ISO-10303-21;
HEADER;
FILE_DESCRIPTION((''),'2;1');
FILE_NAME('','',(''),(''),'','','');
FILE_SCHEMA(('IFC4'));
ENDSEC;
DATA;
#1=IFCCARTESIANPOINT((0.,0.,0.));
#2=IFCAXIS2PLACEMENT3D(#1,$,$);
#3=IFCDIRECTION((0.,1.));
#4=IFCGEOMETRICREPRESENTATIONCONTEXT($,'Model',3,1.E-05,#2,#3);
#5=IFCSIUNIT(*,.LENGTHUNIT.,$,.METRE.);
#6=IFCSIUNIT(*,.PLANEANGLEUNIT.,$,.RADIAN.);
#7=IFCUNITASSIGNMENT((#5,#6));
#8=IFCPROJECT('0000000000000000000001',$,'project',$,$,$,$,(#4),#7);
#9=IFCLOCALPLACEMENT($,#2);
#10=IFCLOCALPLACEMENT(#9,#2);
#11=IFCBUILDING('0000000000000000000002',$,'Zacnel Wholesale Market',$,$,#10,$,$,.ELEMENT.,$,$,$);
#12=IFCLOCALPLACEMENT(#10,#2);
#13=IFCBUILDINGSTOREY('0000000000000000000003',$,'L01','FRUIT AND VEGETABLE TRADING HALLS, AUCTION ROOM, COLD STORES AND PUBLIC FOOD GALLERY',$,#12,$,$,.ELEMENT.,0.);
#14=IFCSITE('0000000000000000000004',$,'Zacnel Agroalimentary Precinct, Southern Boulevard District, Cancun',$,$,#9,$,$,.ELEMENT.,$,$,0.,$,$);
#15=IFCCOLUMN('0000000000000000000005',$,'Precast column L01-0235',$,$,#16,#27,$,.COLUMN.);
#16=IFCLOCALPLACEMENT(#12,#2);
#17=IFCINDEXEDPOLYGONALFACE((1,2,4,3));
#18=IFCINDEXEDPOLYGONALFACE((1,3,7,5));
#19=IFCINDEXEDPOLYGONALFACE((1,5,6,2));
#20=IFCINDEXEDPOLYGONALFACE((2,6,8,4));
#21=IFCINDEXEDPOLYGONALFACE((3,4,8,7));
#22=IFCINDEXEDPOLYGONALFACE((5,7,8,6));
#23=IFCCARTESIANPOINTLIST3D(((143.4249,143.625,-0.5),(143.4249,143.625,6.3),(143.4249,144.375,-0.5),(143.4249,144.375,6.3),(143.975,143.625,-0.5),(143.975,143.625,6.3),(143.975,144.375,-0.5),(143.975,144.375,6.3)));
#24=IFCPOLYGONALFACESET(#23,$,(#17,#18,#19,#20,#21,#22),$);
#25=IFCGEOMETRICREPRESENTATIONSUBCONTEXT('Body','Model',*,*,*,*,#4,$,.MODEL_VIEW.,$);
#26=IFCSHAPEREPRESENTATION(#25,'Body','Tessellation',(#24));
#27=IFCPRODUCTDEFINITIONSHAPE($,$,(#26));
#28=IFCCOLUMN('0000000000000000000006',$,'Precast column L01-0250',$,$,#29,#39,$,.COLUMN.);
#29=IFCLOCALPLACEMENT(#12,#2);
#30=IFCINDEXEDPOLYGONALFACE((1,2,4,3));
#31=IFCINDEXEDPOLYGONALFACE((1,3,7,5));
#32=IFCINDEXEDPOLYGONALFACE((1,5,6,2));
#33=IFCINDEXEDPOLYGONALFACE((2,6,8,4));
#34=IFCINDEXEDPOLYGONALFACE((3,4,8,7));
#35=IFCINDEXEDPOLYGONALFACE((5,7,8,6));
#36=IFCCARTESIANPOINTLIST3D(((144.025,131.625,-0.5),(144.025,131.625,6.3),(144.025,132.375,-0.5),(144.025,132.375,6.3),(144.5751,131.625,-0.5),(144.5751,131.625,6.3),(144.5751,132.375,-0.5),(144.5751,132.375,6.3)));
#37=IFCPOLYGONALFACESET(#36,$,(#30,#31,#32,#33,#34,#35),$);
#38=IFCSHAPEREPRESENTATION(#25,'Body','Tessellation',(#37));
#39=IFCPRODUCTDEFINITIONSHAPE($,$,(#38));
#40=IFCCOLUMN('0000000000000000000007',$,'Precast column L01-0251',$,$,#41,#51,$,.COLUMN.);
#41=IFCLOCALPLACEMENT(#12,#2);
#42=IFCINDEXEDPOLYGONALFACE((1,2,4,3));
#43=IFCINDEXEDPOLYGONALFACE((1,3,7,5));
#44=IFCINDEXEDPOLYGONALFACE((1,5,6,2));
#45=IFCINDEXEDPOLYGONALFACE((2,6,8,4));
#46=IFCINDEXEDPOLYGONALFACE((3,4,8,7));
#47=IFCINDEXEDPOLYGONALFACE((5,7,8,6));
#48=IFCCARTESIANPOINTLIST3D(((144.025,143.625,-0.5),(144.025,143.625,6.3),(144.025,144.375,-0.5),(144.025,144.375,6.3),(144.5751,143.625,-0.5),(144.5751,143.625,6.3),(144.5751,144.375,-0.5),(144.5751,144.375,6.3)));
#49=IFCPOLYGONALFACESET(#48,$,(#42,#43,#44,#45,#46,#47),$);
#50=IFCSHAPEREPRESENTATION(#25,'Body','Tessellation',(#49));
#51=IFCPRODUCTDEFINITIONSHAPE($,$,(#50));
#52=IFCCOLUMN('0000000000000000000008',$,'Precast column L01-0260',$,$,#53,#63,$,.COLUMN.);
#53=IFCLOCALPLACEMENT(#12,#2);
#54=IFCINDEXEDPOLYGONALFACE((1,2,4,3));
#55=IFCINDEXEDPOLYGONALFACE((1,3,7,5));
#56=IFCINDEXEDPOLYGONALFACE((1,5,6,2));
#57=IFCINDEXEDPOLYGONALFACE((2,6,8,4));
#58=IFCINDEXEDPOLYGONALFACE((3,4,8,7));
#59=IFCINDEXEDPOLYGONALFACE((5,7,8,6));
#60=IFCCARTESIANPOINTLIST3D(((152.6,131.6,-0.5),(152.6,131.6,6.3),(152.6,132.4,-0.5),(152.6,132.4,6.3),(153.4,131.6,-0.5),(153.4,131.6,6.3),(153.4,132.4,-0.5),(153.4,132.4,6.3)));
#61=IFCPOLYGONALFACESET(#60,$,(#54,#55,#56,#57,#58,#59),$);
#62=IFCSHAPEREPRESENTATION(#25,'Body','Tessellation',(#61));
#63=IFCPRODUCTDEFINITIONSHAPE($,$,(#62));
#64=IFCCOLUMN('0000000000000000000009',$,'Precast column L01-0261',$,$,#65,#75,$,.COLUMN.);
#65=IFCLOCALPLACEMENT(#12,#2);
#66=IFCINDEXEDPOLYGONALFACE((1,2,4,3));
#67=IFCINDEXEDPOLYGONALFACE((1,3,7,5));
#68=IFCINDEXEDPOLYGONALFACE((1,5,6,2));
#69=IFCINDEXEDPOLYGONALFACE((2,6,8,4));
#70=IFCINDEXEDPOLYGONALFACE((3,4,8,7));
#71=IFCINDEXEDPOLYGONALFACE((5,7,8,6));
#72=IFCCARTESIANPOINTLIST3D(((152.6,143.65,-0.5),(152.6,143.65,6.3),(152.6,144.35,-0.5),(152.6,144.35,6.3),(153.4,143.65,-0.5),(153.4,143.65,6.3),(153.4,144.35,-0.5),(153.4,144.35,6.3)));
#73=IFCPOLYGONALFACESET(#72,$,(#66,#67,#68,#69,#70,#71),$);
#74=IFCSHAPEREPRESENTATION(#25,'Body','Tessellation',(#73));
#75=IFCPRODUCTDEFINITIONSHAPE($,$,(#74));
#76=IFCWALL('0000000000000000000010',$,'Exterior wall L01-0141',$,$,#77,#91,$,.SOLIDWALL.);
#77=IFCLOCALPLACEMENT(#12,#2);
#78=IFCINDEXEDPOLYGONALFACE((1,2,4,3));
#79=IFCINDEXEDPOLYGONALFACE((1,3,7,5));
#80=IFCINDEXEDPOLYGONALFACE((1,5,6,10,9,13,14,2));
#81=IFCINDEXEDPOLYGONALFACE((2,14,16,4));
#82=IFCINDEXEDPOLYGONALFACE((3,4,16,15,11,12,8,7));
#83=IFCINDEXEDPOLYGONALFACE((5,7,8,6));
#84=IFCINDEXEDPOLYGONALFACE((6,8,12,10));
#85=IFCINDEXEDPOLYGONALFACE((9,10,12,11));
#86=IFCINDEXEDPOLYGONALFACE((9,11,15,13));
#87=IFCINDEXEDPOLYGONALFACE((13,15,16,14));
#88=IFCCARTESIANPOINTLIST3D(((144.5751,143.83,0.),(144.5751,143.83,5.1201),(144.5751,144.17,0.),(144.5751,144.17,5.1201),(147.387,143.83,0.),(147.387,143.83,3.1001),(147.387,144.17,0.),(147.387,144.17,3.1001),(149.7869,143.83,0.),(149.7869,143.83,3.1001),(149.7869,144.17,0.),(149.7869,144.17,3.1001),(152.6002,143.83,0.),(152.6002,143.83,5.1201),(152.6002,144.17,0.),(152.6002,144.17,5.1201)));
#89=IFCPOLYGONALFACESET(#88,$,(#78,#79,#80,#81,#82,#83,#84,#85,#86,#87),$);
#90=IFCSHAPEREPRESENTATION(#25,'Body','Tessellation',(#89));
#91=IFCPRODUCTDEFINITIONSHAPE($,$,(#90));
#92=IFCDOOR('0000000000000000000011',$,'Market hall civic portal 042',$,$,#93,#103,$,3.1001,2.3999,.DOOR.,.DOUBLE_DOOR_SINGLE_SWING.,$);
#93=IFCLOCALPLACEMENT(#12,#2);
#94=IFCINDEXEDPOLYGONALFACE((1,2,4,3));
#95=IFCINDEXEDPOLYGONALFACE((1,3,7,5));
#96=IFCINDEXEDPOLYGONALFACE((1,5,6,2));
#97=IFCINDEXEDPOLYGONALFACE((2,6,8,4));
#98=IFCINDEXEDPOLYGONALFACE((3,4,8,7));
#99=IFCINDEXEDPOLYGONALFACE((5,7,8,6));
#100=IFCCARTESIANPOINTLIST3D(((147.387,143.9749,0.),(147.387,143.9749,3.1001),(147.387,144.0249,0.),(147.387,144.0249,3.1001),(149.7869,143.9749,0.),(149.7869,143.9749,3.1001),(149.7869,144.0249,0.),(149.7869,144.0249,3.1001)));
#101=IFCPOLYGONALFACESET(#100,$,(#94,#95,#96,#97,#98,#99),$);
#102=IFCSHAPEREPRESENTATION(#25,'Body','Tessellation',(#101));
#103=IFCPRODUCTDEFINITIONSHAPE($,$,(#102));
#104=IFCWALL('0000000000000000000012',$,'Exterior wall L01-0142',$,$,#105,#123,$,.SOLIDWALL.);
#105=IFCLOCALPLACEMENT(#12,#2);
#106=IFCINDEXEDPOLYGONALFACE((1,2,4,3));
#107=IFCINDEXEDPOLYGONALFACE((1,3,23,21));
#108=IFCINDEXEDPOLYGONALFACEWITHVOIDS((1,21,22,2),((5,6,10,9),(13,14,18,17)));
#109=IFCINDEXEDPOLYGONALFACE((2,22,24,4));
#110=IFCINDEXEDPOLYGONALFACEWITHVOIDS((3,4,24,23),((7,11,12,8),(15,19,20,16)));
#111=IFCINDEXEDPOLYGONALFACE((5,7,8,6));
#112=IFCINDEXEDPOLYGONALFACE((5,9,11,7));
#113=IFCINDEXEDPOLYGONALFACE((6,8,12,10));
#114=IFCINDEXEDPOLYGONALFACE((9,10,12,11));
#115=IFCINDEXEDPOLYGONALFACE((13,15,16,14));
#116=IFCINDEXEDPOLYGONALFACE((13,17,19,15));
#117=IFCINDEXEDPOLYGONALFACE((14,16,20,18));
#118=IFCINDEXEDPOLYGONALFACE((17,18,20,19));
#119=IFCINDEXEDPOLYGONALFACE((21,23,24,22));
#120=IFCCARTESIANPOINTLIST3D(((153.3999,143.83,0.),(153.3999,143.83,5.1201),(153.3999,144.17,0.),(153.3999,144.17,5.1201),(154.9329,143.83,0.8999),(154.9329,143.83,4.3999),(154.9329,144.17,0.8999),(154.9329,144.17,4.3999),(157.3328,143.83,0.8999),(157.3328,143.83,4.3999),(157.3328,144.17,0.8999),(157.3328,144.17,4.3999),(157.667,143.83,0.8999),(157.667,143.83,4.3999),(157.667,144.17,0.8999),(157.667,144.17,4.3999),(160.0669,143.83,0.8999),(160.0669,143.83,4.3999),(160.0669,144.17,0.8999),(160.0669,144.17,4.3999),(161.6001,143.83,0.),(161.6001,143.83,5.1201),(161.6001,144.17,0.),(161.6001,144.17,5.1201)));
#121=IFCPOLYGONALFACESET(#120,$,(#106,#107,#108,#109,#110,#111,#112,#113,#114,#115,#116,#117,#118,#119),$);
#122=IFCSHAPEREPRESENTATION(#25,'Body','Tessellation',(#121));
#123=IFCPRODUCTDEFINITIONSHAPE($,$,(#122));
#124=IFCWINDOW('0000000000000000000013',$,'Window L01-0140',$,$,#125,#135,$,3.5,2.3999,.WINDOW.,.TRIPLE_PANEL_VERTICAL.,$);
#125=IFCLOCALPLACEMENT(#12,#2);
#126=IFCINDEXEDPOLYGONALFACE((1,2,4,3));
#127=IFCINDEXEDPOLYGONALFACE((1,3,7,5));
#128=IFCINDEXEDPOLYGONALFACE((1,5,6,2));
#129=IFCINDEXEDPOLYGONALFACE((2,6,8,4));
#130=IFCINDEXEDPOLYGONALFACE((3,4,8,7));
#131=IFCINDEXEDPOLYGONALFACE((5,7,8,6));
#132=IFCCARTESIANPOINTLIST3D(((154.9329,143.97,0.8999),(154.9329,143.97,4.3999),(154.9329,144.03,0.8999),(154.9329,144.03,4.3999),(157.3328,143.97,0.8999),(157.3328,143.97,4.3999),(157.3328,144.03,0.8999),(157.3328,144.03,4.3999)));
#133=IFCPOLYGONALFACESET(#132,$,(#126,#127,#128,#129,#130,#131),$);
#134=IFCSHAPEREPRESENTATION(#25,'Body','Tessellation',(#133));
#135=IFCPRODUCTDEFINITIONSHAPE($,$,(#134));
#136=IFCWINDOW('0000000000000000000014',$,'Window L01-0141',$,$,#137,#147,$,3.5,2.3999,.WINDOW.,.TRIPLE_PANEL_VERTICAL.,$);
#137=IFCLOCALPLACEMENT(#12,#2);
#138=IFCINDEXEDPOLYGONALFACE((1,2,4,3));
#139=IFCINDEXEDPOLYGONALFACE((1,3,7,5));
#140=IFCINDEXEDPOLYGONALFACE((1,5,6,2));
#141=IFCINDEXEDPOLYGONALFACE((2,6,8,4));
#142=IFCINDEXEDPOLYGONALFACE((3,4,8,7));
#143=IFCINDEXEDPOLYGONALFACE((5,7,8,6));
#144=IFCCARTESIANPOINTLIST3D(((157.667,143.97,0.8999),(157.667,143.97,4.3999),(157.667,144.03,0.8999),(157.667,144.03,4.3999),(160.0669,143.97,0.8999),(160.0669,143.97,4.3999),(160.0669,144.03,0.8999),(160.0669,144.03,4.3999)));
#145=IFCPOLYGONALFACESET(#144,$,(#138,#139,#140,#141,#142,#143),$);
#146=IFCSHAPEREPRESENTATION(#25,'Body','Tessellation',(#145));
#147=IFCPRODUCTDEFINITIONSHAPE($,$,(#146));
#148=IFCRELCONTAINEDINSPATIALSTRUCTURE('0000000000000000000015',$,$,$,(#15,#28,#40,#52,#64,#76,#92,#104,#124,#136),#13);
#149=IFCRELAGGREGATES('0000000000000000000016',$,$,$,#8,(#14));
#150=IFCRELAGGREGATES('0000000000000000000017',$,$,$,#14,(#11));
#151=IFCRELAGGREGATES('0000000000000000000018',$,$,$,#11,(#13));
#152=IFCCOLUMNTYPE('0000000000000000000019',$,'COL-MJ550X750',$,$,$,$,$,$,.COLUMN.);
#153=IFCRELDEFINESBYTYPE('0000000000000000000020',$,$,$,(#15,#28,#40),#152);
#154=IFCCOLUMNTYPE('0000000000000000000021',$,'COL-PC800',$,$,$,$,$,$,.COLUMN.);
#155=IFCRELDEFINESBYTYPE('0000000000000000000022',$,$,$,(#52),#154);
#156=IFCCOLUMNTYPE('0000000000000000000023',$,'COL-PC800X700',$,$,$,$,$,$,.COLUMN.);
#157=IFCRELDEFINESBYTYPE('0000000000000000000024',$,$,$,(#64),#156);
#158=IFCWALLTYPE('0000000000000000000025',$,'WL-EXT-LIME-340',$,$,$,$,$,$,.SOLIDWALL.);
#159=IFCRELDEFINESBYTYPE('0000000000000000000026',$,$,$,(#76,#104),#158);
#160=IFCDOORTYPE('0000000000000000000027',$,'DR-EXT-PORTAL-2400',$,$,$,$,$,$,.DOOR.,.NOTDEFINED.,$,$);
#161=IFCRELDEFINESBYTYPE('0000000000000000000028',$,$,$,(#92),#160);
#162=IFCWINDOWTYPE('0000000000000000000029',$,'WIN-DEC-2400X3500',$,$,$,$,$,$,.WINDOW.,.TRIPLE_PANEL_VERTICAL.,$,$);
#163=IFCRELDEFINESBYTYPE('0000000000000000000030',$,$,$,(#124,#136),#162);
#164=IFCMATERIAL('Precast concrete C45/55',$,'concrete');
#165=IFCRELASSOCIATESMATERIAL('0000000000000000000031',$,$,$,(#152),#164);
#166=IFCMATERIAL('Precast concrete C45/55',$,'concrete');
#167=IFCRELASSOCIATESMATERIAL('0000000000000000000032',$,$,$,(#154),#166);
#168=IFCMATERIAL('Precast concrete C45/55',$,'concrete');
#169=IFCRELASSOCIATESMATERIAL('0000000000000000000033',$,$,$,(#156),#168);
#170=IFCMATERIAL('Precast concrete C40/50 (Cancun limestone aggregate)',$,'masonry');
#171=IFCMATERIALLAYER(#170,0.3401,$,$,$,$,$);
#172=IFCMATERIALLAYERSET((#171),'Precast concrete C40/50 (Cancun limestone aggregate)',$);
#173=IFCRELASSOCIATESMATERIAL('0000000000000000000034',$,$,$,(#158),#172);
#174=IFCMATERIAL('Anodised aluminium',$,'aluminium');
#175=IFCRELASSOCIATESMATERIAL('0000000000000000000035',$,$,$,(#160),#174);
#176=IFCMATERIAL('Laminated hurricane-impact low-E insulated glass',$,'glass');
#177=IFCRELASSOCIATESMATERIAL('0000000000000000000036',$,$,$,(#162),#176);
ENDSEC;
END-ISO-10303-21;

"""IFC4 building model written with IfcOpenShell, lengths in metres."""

from ifc_helpers import new_model, si_unit, direction, frame, frame_2d, origin, origin_2d, place, context, subcontext, project, spatial, rectangle, extrude, material, layer, layer_set, material_profile, profile_set, type_object, element, fill, save


model = new_model("IFC4")

# Units and contexts
model_context = context("Model", 3, precision=1e-05, world=origin(), true_north=direction((0.0, 1.0)))
body_context = subcontext(model_context, "Body", "Model", "MODEL_VIEW")
ifc_project = project(units=[si_unit("LENGTHUNIT", "METRE"), si_unit("PLANEANGLEUNIT", "RADIAN")], contexts=[model_context])

# Site, building, storey
site_placement = place(None, origin())
site = spatial("IfcSite", under=ifc_project, at=site_placement, Name="Zacnel Agroalimentary Precinct, Southern Boulevard District, Cancun", CompositionType="ELEMENT", RefElevation=0.0)
building_placement = place(site_placement, origin())
building = spatial("IfcBuilding", under=site, at=building_placement, Name="Zacnel Wholesale Market", CompositionType="ELEMENT")
storey_placement = place(building_placement, origin())
storey = spatial("IfcBuildingStorey", under=building, at=storey_placement, Name="L01", Description="FRUIT AND VEGETABLE TRADING HALLS, AUCTION ROOM, COLD STORES AND PUBLIC FOOD GALLERY", CompositionType="ELEMENT", Elevation=0.0)

# Columns
ifc_material_1 = material(Name="Precast concrete C45/55", Category="concrete")
ifc_material_profile_1 = material_profile(ifc_material_1, rectangle(XDim=0.55, YDim=0.75, at=origin_2d()), Name="PC 550x750")
ifc_profile_set_1 = profile_set([ifc_material_profile_1], Name="Precast concrete C45/55")
column_type_1 = type_object("IfcColumnType", Name="COL-MJ550X750", PredefinedType="COLUMN", material=ifc_profile_set_1)
for number, where, z_axis, x_axis, name in (
    (1, (143.7, 144.0, -0.5), (0.0, 0.0, 1.0), (1.0, 0.0, 0.0), "Precast column L01-0235"),
    (2, (144.3, 132.0, -0.5), (0.0, 0.0, 1.0), (1.0, 0.0, 0.0), "Precast column L01-0250"),
    (3, (144.3, 144.0, -0.5), (0.0, 0.0, 1.0), (1.0, 0.0, 0.0), "Precast column L01-0251"),
):
    element("IfcColumn", number, at=place(storey_placement, frame(where, z_axis=z_axis, x_axis=x_axis)), inside=storey, type_object=column_type_1, Name=name, PredefinedType="COLUMN", context=body_context, shape_type="SweptSolid", body=[
        extrude(rectangle(XDim=0.55, YDim=0.75, at=origin_2d()), origin(), (0.0, 0.0, 1.0), 6.8),
    ])
ifc_material_2 = material(Name="Precast concrete C45/55", Category="concrete")
ifc_material_profile_2 = material_profile(ifc_material_2, rectangle(XDim=0.8, YDim=0.8, at=origin_2d()), Name="PC 800x800")
ifc_profile_set_2 = profile_set([ifc_material_profile_2], Name="Precast concrete C45/55")
column_type_2 = type_object("IfcColumnType", Name="COL-PC800", PredefinedType="COLUMN", material=ifc_profile_set_2)
column_1_placement = place(storey_placement, frame((153.0, 132.0, -0.5), z_axis=(0.0, 0.0, 1.0), x_axis=(1.0, 0.0, 0.0)))
element("IfcColumn", 4, at=column_1_placement, inside=storey, type_object=column_type_2, Name="Precast column L01-0260", PredefinedType="COLUMN", context=body_context, shape_type="SweptSolid", body=[
    extrude(rectangle(XDim=0.8, YDim=0.8, at=origin_2d()), origin(), (0.0, 0.0, 1.0), 6.8),
])
ifc_material_3 = material(Name="Precast concrete C45/55", Category="concrete")
ifc_material_profile_3 = material_profile(ifc_material_3, rectangle(XDim=0.8, YDim=0.7, at=origin_2d()), Name="PC 800x700")
ifc_profile_set_3 = profile_set([ifc_material_profile_3], Name="Precast concrete C45/55")
column_type_3 = type_object("IfcColumnType", Name="COL-PC800X700", PredefinedType="COLUMN", material=ifc_profile_set_3)
column_2_placement = place(storey_placement, frame((153.0, 144.0, -0.5), z_axis=(0.0, 0.0, 1.0), x_axis=(1.0, 0.0, 0.0)))
element("IfcColumn", 5, at=column_2_placement, inside=storey, type_object=column_type_3, Name="Precast column L01-0261", PredefinedType="COLUMN", context=body_context, shape_type="SweptSolid", body=[
    extrude(rectangle(XDim=0.8, YDim=0.7, at=origin_2d()), origin(), (0.0, 0.0, 1.0), 6.8),
])

# Wall, opening, door
ifc_material_4 = material(Name="Precast concrete C40/50 (Cancun limestone aggregate)", Category="masonry")
ifc_layer_1 = layer(ifc_material_4, 0.3401)
ifc_layer_set_1 = layer_set([ifc_layer_1], Name="Precast concrete C40/50 (Cancun limestone aggregate)")
wall_type_1 = type_object("IfcWallType", Name="WL-EXT-LIME-340", PredefinedType="SOLIDWALL", material=ifc_layer_set_1)
wall_1_placement = place(storey_placement, frame((144.575, 144.0, 0.0), z_axis=(0.0, 0.0, 1.0), x_axis=(1.0, 0.0, 0.0)))
wall_1 = element("IfcWall", 6, at=wall_1_placement, inside=storey, type_object=wall_type_1, Name="Exterior wall L01-0141", PredefinedType="SOLIDWALL", context=body_context, shape_type="SweptSolid", body=[
    extrude(rectangle(XDim=8.0251, YDim=0.3401, at=frame_2d((4.0127, 0.0))), origin(), (0.0, 0.0, 1.0), 5.1201),
])
opening_1_placement = place(wall_1_placement, frame((2.812, 0.0, 0.0)))
opening_1 = element("IfcOpeningElement", 7, at=opening_1_placement, cuts=wall_1, PredefinedType="OPENING", context=body_context, shape_type="SweptSolid", body=[
    extrude(rectangle(XDim=2.3999, YDim=3.1001, at=frame_2d((1.2, 1.55))), frame((0.0, 0.1799, 0.0), z_axis=(0.0, -1.0, 0.0), x_axis=(1.0, 0.0, 0.0)), (0.0, 0.0, 1.0), 0.3601),
])
ifc_material_5 = material(Name="Anodised aluminium", Category="aluminium")
door_type_1 = type_object("IfcDoorType", Name="DR-EXT-PORTAL-2400", OperationType="NOTDEFINED", PredefinedType="DOOR", material=ifc_material_5)
door_1_placement = place(opening_1_placement, origin())
door_1 = element("IfcDoor", 8, at=door_1_placement, inside=storey, type_object=door_type_1, Name="Market hall civic portal 042", OperationType="DOUBLE_DOOR_SINGLE_SWING", OverallHeight=3.1001, OverallWidth=2.3999, PredefinedType="DOOR", context=body_context, shape_type="SweptSolid", body=[
    extrude(rectangle(XDim=2.3999, YDim=3.1001, at=frame_2d((1.2, 1.55))), frame((0.0, 0.0249, 0.0), z_axis=(0.0, -1.0, 0.0), x_axis=(1.0, 0.0, 0.0)), (0.0, 0.0, 1.0), 0.05),
])
fill(opening_1, door_1)

# Wall, openings, windows
wall_2_placement = place(storey_placement, frame((153.3999, 144.0, 0.0), z_axis=(0.0, 0.0, 1.0), x_axis=(1.0, 0.0, 0.0)))
wall_2 = element("IfcWall", 9, at=wall_2_placement, inside=storey, type_object=wall_type_1, Name="Exterior wall L01-0142", PredefinedType="SOLIDWALL", context=body_context, shape_type="SweptSolid", body=[
    extrude(rectangle(XDim=8.2002, YDim=0.3401, at=frame_2d((4.1001, 0.0))), origin(), (0.0, 0.0, 1.0), 5.1201),
])
opening_2_placement = place(wall_2_placement, frame((1.533, 0.0, 0.8999)))
opening_2 = element("IfcOpeningElement", 10, at=opening_2_placement, cuts=wall_2, PredefinedType="OPENING", context=body_context, shape_type="SweptSolid", body=[
    extrude(rectangle(XDim=2.3999, YDim=3.5, at=frame_2d((1.2, 1.75))), frame((0.0, 0.1799, 0.0), z_axis=(0.0, -1.0, 0.0), x_axis=(1.0, 0.0, 0.0)), (0.0, 0.0, 1.0), 0.3601),
])
opening_3_placement = place(wall_2_placement, frame((4.2671, 0.0, 0.8999)))
opening_3 = element("IfcOpeningElement", 11, at=opening_3_placement, cuts=wall_2, PredefinedType="OPENING", context=body_context, shape_type="SweptSolid", body=[
    extrude(rectangle(XDim=2.3999, YDim=3.5, at=frame_2d((1.2, 1.75))), frame((0.0, 0.1799, 0.0), z_axis=(0.0, -1.0, 0.0), x_axis=(1.0, 0.0, 0.0)), (0.0, 0.0, 1.0), 0.3601),
])
ifc_material_6 = material(Name="Laminated hurricane-impact low-E insulated glass", Category="glass")
window_type = type_object("IfcWindowType", Name="WIN-DEC-2400X3500", PartitioningType="TRIPLE_PANEL_VERTICAL", PredefinedType="WINDOW", material=ifc_material_6)
window_1_placement = place(opening_2_placement, origin())
window_1 = element("IfcWindow", 12, at=window_1_placement, inside=storey, type_object=window_type, Name="Window L01-0140", OverallHeight=3.5, OverallWidth=2.3999, PartitioningType="TRIPLE_PANEL_VERTICAL", PredefinedType="WINDOW", context=body_context, shape_type="SweptSolid", body=[
    extrude(rectangle(XDim=2.3999, YDim=3.5, at=frame_2d((1.2, 1.75))), frame((0.0, 0.03, 0.0), z_axis=(0.0, -1.0, 0.0), x_axis=(1.0, 0.0, 0.0)), (0.0, 0.0, 1.0), 0.0601),
])
fill(opening_2, window_1)
window_2_placement = place(opening_3_placement, origin())
window_2 = element("IfcWindow", 13, at=window_2_placement, inside=storey, type_object=window_type, Name="Window L01-0141", OverallHeight=3.5, OverallWidth=2.3999, PartitioningType="TRIPLE_PANEL_VERTICAL", PredefinedType="WINDOW", context=body_context, shape_type="SweptSolid", body=[
    extrude(rectangle(XDim=2.3999, YDim=3.5, at=frame_2d((1.2, 1.75))), frame((0.0, 0.03, 0.0), z_axis=(0.0, -1.0, 0.0), x_axis=(1.0, 0.0, 0.0)), (0.0, 0.0, 1.0), 0.0601),
])
fill(opening_3, window_2)

save(model, "model.ifc")
